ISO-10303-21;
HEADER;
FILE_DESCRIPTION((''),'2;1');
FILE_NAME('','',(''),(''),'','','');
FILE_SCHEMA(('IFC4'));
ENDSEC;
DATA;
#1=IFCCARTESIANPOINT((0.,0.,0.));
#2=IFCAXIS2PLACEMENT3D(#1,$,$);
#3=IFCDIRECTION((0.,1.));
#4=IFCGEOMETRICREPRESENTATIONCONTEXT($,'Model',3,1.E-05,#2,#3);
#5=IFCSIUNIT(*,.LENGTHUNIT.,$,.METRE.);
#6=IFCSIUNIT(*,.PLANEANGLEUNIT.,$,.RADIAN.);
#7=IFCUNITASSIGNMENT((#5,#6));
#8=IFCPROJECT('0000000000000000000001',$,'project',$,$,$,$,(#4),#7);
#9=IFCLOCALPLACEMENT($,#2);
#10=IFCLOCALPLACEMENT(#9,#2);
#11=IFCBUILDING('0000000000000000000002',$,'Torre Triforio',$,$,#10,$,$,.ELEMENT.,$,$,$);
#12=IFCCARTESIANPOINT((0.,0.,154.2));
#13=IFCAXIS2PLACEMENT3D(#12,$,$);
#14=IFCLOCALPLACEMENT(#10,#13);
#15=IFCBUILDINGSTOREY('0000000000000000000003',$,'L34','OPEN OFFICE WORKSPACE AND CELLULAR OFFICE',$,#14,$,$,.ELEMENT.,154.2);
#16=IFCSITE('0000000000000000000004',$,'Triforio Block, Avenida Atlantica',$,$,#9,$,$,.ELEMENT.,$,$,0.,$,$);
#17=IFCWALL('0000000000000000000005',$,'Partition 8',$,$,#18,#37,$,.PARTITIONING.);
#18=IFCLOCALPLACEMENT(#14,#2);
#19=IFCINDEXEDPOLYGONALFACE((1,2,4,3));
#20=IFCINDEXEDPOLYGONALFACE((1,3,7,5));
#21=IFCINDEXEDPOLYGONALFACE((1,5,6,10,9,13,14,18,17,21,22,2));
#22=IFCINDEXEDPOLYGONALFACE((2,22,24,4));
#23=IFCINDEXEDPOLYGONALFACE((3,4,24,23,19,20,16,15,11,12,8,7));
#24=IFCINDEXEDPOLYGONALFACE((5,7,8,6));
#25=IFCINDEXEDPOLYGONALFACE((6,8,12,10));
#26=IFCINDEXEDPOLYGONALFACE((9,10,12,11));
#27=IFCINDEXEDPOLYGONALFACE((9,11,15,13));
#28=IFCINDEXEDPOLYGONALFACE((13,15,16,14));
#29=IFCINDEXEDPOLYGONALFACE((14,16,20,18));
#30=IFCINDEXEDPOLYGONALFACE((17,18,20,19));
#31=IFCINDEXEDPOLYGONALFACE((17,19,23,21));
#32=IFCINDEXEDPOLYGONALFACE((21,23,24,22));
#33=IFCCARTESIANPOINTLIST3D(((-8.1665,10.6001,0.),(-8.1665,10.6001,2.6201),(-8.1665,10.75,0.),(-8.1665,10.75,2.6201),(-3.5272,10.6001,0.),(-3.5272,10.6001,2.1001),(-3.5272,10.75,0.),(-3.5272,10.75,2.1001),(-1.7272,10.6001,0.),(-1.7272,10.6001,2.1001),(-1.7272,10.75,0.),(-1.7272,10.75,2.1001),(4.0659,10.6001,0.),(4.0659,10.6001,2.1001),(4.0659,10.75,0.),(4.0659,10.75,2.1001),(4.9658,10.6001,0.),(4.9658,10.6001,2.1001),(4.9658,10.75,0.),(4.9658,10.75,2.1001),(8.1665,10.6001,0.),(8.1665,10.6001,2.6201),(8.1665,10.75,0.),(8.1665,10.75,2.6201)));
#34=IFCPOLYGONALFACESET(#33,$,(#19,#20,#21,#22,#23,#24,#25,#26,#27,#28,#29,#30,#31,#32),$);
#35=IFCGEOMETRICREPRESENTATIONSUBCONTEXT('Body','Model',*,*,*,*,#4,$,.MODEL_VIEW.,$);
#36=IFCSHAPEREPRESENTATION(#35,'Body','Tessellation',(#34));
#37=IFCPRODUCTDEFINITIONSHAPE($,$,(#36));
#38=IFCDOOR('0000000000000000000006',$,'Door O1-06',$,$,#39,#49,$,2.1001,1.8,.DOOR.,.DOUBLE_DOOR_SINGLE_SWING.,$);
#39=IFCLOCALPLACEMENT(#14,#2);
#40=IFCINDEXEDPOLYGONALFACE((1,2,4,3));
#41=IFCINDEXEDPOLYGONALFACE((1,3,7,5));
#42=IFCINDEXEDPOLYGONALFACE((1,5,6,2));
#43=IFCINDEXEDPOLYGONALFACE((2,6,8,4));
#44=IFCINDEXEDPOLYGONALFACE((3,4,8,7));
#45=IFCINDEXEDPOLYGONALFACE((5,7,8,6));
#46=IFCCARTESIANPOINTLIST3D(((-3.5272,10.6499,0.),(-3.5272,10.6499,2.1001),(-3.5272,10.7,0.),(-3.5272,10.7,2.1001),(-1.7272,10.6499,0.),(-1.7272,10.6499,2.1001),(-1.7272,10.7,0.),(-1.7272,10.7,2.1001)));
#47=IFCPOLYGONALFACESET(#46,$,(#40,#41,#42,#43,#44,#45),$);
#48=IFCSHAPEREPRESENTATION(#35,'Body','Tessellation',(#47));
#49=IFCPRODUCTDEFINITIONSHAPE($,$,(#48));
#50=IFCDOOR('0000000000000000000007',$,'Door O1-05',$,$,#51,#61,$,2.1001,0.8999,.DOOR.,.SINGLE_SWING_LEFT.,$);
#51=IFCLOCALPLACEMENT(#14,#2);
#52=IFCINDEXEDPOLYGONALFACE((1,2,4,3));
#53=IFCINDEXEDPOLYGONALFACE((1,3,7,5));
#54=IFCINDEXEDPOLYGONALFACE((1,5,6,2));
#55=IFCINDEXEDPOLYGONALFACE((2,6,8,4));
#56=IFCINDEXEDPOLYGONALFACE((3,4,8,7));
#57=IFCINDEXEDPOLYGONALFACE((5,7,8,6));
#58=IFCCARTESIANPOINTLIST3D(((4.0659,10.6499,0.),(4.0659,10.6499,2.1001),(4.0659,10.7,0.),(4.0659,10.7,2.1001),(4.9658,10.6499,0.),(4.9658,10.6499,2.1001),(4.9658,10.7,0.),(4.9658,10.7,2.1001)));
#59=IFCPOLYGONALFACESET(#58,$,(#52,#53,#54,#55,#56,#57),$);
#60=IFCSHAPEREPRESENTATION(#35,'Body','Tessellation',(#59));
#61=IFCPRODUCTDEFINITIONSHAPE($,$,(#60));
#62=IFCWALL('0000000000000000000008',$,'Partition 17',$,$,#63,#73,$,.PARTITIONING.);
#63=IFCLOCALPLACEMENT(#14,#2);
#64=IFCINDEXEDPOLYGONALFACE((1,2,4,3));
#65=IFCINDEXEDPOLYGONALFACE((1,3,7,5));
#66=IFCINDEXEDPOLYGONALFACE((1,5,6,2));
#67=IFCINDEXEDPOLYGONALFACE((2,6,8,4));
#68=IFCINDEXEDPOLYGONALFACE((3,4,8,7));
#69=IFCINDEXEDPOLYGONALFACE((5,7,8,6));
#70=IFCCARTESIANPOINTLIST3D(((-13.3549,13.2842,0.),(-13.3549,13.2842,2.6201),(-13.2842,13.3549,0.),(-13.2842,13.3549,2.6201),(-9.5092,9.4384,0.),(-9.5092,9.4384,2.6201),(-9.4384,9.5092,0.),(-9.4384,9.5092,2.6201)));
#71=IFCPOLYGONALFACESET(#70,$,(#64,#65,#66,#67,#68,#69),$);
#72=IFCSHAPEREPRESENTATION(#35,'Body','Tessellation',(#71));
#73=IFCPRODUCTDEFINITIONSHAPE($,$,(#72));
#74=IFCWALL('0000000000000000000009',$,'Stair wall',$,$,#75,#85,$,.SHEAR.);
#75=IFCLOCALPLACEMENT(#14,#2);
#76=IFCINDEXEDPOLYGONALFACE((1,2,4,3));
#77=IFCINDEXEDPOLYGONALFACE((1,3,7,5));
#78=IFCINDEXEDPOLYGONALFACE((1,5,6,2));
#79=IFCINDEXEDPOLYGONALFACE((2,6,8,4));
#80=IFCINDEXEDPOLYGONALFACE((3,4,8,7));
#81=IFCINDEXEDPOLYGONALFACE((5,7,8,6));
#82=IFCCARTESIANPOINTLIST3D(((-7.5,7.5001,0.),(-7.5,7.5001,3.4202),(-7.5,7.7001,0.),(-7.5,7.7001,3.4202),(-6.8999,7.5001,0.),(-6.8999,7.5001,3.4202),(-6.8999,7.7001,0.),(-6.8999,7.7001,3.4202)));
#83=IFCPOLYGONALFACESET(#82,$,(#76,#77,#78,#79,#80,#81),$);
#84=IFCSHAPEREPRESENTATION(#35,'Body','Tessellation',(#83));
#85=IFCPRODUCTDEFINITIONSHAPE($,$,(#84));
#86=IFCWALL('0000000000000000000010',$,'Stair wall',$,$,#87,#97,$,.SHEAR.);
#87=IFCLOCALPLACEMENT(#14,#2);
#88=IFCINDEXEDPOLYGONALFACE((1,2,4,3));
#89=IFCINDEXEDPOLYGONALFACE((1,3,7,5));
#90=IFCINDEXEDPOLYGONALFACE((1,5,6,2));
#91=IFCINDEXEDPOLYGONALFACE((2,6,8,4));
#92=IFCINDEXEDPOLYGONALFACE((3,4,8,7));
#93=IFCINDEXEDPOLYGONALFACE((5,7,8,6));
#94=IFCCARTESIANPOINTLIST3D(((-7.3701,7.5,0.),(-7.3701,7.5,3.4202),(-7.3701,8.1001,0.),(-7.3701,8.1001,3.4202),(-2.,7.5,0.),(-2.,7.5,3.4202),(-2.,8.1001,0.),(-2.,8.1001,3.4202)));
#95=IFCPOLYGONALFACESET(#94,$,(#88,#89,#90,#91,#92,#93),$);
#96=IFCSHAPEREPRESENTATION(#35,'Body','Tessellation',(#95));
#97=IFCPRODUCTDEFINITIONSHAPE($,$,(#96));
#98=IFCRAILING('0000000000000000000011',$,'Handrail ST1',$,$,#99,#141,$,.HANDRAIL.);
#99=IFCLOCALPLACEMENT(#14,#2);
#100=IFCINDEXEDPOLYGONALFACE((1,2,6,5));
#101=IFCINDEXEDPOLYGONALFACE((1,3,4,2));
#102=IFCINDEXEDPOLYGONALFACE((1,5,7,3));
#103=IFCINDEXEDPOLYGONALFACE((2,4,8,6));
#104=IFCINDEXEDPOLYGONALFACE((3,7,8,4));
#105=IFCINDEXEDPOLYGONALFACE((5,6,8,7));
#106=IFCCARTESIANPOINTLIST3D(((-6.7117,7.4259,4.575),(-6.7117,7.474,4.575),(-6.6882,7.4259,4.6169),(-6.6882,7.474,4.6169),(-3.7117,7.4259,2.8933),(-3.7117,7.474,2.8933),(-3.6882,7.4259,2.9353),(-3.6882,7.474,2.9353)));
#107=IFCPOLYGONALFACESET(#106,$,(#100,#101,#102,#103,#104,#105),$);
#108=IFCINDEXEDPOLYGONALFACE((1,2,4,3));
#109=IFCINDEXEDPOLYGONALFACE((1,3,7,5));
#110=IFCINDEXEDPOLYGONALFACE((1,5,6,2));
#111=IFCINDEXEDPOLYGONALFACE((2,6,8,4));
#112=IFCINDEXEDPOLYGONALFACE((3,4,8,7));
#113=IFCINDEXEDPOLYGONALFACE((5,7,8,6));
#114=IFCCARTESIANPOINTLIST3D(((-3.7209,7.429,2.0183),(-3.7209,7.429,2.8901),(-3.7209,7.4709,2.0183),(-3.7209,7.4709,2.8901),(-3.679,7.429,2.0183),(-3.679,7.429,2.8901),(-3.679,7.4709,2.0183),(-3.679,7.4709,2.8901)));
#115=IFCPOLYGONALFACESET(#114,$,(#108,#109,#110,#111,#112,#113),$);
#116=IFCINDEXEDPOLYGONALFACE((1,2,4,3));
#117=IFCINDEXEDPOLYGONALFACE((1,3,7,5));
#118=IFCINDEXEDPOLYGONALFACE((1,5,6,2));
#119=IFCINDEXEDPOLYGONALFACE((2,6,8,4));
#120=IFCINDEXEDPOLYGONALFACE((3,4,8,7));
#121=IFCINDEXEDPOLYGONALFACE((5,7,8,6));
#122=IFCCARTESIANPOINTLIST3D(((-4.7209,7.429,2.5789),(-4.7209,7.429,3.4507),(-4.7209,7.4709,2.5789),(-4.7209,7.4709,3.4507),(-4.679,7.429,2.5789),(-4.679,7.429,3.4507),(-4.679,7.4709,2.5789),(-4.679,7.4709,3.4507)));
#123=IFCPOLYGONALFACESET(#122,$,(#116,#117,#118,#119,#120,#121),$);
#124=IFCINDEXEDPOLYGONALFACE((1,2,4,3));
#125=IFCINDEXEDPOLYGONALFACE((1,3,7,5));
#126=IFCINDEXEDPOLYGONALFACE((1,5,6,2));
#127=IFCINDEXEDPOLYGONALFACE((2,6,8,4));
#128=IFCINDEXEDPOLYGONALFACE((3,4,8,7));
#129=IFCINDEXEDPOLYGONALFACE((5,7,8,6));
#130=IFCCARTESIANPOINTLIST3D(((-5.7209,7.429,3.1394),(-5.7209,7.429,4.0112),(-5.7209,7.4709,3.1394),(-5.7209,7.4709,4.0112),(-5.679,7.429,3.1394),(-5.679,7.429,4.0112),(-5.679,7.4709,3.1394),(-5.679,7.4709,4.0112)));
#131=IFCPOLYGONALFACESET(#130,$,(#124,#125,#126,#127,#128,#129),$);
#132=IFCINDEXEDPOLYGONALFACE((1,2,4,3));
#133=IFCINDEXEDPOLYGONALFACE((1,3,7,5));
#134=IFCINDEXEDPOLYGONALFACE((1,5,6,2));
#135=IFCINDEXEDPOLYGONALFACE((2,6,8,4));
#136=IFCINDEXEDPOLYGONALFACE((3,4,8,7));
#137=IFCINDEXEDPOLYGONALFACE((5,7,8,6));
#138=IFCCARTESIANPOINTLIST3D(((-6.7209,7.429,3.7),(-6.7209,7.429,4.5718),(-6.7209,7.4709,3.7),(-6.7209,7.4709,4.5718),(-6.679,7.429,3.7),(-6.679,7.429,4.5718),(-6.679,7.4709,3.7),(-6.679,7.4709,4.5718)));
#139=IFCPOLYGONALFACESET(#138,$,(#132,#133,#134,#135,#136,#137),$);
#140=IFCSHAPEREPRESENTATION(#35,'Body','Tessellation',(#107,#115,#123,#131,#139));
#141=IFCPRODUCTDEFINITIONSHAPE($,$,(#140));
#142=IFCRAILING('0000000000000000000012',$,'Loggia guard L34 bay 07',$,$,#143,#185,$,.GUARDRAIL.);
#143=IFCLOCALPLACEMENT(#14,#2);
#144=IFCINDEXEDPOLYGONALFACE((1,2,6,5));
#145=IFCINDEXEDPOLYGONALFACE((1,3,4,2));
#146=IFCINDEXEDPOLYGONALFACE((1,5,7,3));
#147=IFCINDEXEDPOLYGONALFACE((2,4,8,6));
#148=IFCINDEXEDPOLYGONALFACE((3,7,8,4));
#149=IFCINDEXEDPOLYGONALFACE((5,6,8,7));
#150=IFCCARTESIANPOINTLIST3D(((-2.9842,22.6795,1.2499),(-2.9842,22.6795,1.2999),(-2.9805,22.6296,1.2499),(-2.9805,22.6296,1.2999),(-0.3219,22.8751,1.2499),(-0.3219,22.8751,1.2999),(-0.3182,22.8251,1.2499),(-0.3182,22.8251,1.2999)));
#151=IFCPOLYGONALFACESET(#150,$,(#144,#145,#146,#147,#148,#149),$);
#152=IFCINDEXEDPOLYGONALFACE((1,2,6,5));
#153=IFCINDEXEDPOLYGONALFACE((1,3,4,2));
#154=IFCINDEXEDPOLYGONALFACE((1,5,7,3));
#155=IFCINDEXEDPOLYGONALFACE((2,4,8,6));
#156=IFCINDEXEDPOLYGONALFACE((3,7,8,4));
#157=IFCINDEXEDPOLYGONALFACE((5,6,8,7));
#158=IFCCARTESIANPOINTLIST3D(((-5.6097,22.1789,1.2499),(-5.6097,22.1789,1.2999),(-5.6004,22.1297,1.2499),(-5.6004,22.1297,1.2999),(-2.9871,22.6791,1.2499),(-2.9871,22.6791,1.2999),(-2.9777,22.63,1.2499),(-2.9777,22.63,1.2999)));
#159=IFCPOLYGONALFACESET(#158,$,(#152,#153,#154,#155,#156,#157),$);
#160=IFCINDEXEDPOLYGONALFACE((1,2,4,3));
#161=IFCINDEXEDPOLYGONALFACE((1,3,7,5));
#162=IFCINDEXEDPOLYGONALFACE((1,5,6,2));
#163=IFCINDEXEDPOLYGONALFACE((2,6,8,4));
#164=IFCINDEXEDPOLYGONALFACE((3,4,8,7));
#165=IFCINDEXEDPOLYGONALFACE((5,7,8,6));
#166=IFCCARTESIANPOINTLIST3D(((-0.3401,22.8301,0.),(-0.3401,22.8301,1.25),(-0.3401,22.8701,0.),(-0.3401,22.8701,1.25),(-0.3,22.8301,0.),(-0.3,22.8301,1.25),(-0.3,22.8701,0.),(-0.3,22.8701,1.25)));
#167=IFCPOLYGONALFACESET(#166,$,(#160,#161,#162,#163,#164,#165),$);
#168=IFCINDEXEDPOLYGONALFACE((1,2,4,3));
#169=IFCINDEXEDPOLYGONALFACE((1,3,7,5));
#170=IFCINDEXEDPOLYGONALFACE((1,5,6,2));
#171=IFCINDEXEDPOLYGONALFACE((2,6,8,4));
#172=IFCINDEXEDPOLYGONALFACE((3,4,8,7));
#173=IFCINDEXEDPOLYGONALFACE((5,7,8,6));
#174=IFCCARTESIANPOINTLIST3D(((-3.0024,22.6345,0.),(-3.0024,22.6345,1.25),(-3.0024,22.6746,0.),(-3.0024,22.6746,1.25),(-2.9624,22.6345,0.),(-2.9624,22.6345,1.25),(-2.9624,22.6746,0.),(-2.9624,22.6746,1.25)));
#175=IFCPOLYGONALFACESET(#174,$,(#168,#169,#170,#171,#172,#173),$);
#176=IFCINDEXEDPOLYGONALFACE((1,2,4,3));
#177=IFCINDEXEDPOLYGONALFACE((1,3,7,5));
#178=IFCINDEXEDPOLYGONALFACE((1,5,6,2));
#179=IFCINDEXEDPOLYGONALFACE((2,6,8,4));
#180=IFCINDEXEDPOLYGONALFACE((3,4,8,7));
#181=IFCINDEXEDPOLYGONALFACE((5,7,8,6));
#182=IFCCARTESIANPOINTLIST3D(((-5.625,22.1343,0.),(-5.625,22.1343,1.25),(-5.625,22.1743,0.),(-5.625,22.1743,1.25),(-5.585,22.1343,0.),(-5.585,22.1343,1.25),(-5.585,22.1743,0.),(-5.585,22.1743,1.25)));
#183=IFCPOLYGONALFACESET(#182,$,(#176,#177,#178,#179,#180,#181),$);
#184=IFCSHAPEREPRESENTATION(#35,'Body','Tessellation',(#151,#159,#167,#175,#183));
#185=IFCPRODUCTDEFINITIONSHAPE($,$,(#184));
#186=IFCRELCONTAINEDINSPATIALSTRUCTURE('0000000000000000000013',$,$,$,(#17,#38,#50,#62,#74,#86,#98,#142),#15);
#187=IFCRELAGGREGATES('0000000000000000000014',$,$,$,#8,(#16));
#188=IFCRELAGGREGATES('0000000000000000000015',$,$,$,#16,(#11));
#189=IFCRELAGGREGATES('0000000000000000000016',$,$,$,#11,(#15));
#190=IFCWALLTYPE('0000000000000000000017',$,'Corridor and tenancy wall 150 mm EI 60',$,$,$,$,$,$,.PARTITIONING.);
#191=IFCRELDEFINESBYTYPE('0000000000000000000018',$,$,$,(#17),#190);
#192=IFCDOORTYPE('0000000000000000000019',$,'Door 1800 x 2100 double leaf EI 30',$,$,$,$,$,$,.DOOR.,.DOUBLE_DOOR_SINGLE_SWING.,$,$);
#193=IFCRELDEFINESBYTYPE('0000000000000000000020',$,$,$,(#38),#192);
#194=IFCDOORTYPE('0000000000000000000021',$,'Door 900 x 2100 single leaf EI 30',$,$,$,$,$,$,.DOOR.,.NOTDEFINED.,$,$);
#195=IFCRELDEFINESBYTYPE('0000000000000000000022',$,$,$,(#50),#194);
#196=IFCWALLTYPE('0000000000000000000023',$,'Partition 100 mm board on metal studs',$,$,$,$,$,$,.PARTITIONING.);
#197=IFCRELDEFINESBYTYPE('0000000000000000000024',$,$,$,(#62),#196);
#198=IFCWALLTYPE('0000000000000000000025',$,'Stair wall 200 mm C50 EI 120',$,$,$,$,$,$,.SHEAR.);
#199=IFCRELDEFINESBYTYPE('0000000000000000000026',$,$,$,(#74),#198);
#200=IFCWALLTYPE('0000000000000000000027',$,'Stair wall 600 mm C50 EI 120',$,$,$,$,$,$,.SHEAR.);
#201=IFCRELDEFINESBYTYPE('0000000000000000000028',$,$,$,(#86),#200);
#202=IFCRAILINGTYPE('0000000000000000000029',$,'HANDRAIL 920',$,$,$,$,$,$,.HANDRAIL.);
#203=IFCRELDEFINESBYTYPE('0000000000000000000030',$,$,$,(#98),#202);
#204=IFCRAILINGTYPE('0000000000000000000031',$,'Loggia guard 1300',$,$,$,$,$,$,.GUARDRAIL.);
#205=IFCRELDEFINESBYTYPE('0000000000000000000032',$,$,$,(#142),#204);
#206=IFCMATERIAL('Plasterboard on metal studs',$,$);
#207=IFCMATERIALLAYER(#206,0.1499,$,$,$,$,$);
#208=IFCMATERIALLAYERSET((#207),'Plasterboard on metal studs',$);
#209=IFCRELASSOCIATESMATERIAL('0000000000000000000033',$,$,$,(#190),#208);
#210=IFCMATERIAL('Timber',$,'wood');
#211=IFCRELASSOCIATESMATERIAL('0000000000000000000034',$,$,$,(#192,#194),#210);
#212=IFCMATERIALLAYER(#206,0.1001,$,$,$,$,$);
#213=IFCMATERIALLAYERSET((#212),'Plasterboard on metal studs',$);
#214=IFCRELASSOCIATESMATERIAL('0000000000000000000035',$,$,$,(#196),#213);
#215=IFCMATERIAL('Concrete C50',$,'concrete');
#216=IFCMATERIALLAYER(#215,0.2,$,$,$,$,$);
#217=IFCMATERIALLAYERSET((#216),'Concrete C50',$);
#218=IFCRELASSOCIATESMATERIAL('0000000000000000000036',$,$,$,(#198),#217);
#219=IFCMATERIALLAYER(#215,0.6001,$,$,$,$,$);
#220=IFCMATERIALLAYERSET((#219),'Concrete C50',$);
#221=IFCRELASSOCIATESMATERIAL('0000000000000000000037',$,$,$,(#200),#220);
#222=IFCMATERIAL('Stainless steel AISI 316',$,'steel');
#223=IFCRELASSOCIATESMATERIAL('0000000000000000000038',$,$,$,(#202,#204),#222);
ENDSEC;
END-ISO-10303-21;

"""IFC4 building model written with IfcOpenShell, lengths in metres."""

from ifc_helpers import new_model, si_unit, direction, frame, frame_2d, origin, origin_2d, place, context, subcontext, project, spatial, rectangle, extrude, material, layer, layer_set, type_object, element, fill, save


model = new_model("IFC4")

# Units and contexts
model_context = context("Model", 3, precision=1e-05, world=origin(), true_north=direction((0.0, 1.0)))
body_context = subcontext(model_context, "Body", "Model", "MODEL_VIEW")
ifc_project = project(units=[si_unit("LENGTHUNIT", "METRE"), si_unit("PLANEANGLEUNIT", "RADIAN")], contexts=[model_context])

# Site, building, storey
site_placement = place(None, origin())
site = spatial("IfcSite", under=ifc_project, at=site_placement, Name="Triforio Block, Avenida Atlantica", CompositionType="ELEMENT", RefElevation=0.0)
building_placement = place(site_placement, origin())
building = spatial("IfcBuilding", under=site, at=building_placement, Name="Torre Triforio", CompositionType="ELEMENT")
storey_placement = place(building_placement, frame((0.0, 0.0, 154.2)))
storey = spatial("IfcBuildingStorey", under=building, at=storey_placement, Name="L34", Description="OPEN OFFICE WORKSPACE AND CELLULAR OFFICE", CompositionType="ELEMENT", Elevation=154.2)

# Shared definitions
ifc_material_1 = material(Name="Concrete C50", Category="concrete")

# Wall, openings, doors
ifc_material_2 = material(Name="Plasterboard on metal studs")
ifc_layer_1 = layer(ifc_material_2, 0.1499)
ifc_layer_set_1 = layer_set([ifc_layer_1], Name="Plasterboard on metal studs")
wall_type_1 = type_object("IfcWallType", Name="Corridor and tenancy wall 150 mm EI 60", PredefinedType="PARTITIONING", material=ifc_layer_set_1)
wall_1_placement = place(storey_placement, frame((-8.1665, 10.675, 0.0), z_axis=(0.0, 0.0, 1.0), x_axis=(1.0, 0.0, 0.0)))
wall_1 = element("IfcWall", 1, at=wall_1_placement, inside=storey, type_object=wall_type_1, Name="Partition 8", PredefinedType="PARTITIONING", context=body_context, shape_type="SweptSolid", body=[
    extrude(rectangle(XDim=16.333, YDim=0.1499, at=frame_2d((8.1665, 0.0))), origin(), (0.0, 0.0, 1.0), 2.6201),
])
opening_1_placement = place(wall_1_placement, frame((12.2324, 0.0, 0.0)))
opening_1 = element("IfcOpeningElement", 2, at=opening_1_placement, cuts=wall_1, PredefinedType="OPENING", context=body_context, shape_type="SweptSolid", body=[
    extrude(rectangle(XDim=0.8999, YDim=2.1001, at=frame_2d((0.45, 1.05))), frame((0.0, 0.085, 0.0), z_axis=(0.0, -1.0, 0.0), x_axis=(1.0, 0.0, 0.0)), (0.0, 0.0, 1.0), 0.1699),
])
opening_2_placement = place(wall_1_placement, frame((4.6394, 0.0, 0.0)))
opening_2 = element("IfcOpeningElement", 3, at=opening_2_placement, cuts=wall_1, PredefinedType="OPENING", context=body_context, shape_type="SweptSolid", body=[
    extrude(rectangle(XDim=1.8, YDim=2.1001, at=frame_2d((0.8999, 1.05))), frame((0.0, 0.085, 0.0), z_axis=(0.0, -1.0, 0.0), x_axis=(1.0, 0.0, 0.0)), (0.0, 0.0, 1.0), 0.1699),
])
ifc_material_3 = material(Name="Timber", Category="wood")
door_type_1 = type_object("IfcDoorType", Name="Door 1800 x 2100 double leaf EI 30", OperationType="DOUBLE_DOOR_SINGLE_SWING", PredefinedType="DOOR", material=ifc_material_3)
door_1_placement = place(opening_2_placement, origin())
door_1 = element("IfcDoor", 4, at=door_1_placement, inside=storey, type_object=door_type_1, Name="Door O1-06", OperationType="DOUBLE_DOOR_SINGLE_SWING", OverallHeight=2.1001, OverallWidth=1.8, PredefinedType="DOOR", context=body_context, shape_type="SweptSolid", body=[
    extrude(rectangle(XDim=1.8, YDim=2.1001, at=frame_2d((0.8999, 1.05))), frame((0.0, 0.0249, 0.0), z_axis=(0.0, -1.0, 0.0), x_axis=(1.0, 0.0, 0.0)), (0.0, 0.0, 1.0), 0.05),
])
fill(opening_2, door_1)
door_type_2 = type_object("IfcDoorType", Name="Door 900 x 2100 single leaf EI 30", OperationType="NOTDEFINED", PredefinedType="DOOR", material=ifc_material_3)
door_2_placement = place(opening_1_placement, origin())
door_2 = element("IfcDoor", 5, at=door_2_placement, inside=storey, type_object=door_type_2, Name="Door O1-05", OperationType="SINGLE_SWING_LEFT", OverallHeight=2.1001, OverallWidth=0.8999, PredefinedType="DOOR", context=body_context, shape_type="SweptSolid", body=[
    extrude(rectangle(XDim=0.8999, YDim=2.1001, at=frame_2d((0.45, 1.05))), frame((0.0, 0.0249, 0.0), z_axis=(0.0, -1.0, 0.0), x_axis=(1.0, 0.0, 0.0)), (0.0, 0.0, 1.0), 0.05),
])
fill(opening_1, door_2)

# Walls
ifc_layer_2 = layer(ifc_material_2, 0.1001)
ifc_layer_set_2 = layer_set([ifc_layer_2], Name="Plasterboard on metal studs")
wall_type_2 = type_object("IfcWallType", Name="Partition 100 mm board on metal studs", PredefinedType="PARTITIONING", material=ifc_layer_set_2)
wall_2_placement = place(storey_placement, frame((-9.4739, 9.4739, 0.0), z_axis=(0.0, 0.0, 1.0), x_axis=(-0.707107, 0.707107, 0.0)))
element("IfcWall", 6, at=wall_2_placement, inside=storey, type_object=wall_type_2, Name="Partition 17", PredefinedType="PARTITIONING", context=body_context, shape_type="SweptSolid", body=[
    extrude(rectangle(XDim=5.4387, YDim=0.1001, at=frame_2d((2.7192, 0.0))), origin(), (0.0, 0.0, 1.0), 2.6201),
])
ifc_layer_3 = layer(ifc_material_1, 0.2)
ifc_layer_set_3 = layer_set([ifc_layer_3], Name="Concrete C50")
wall_type_3 = type_object("IfcWallType", Name="Stair wall 200 mm C50 EI 120", PredefinedType="SHEAR", material=ifc_layer_set_3)
wall_3_placement = place(storey_placement, frame((-7.5, 7.6001, 0.0), z_axis=(0.0, 0.0, 1.0), x_axis=(1.0, 0.0, 0.0)))
element("IfcWall", 7, at=wall_3_placement, inside=storey, type_object=wall_type_3, Name="Stair wall", PredefinedType="SHEAR", context=body_context, shape_type="SweptSolid", body=[
    extrude(rectangle(XDim=0.6001, YDim=0.2, at=frame_2d((0.3, 0.0))), origin(), (0.0, 0.0, 1.0), 3.4202),
])
ifc_layer_4 = layer(ifc_material_1, 0.6001)
ifc_layer_set_4 = layer_set([ifc_layer_4], Name="Concrete C50")
wall_type_4 = type_object("IfcWallType", Name="Stair wall 600 mm C50 EI 120", PredefinedType="SHEAR", material=ifc_layer_set_4)
wall_4_placement = place(storey_placement, frame((-7.3701, 7.8, 0.0), z_axis=(0.0, 0.0, 1.0), x_axis=(1.0, 0.0, 0.0)))
element("IfcWall", 8, at=wall_4_placement, inside=storey, type_object=wall_type_4, Name="Stair wall", PredefinedType="SHEAR", context=body_context, shape_type="SweptSolid", body=[
    extrude(rectangle(XDim=5.3701, YDim=0.6001, at=frame_2d((2.6851, 0.0))), origin(), (0.0, 0.0, 1.0), 3.4202),
])

# Railings
ifc_material_4 = material(Name="Stainless steel AISI 316", Category="steel")
railing_type_1 = type_object("IfcRailingType", Name="HANDRAIL 920", PredefinedType="HANDRAIL", material=ifc_material_4)
railing_1_placement = place(storey_placement, frame((-3.7, 7.45, 2.0183)))
element("IfcRailing", 9, at=railing_1_placement, inside=storey, type_object=railing_type_1, Name="Handrail ST1", PredefinedType="HANDRAIL", context=body_context, shape_type="SweptSolid", body=[
    extrude(rectangle(XDim=0.0481, YDim=0.0481, at=origin_2d()), frame((0.0, 0.0, 0.896), z_axis=(-0.872303, 0.0, 0.488966), x_axis=(0.0, -1.0, 0.0)), (0.0, 0.0, 1.0), 3.4392),
    extrude(rectangle(XDim=0.042, YDim=0.042, at=origin_2d()), origin(), (0.0, 0.0, 1.0), 0.8718),
    extrude(rectangle(XDim=0.042, YDim=0.042, at=origin_2d()), frame((-1.0, 0.0, 0.5605)), (0.0, 0.0, 1.0), 0.8718),
    extrude(rectangle(XDim=0.042, YDim=0.042, at=origin_2d()), frame((-2.0, 0.0, 1.1211)), (0.0, 0.0, 1.0), 0.8718),
    extrude(rectangle(XDim=0.042, YDim=0.042, at=origin_2d()), frame((-3.0, 0.0, 1.6816)), (0.0, 0.0, 1.0), 0.8718),
])
railing_type_2 = type_object("IfcRailingType", Name="Loggia guard 1300", PredefinedType="GUARDRAIL", material=ifc_material_4)
railing_2_placement = place(storey_placement, frame((-0.3201, 22.8501, 0.0)))
element("IfcRailing", 10, at=railing_2_placement, inside=storey, type_object=railing_type_2, Name="Loggia guard L34 bay 07", PredefinedType="GUARDRAIL", context=body_context, shape_type="SweptSolid", body=[
    extrude(rectangle(XDim=0.05, YDim=0.05, at=origin_2d()), frame((0.0, 0.0, 1.2749), z_axis=(-0.997313, -0.073255, 0.0), x_axis=(0.073255, -0.997313, 0.0)), (0.0, 0.0, 1.0), 2.6694),
    extrude(rectangle(XDim=0.05, YDim=0.05, at=origin_2d()), frame((-2.6624, -0.1956, 1.2749), z_axis=(-0.98229, -0.187368, 0.0), x_axis=(0.187368, -0.98229, 0.0)), (0.0, 0.0, 1.0), 2.6699),
    extrude(rectangle(XDim=0.04, YDim=0.04, at=origin_2d()), origin(), (0.0, 0.0, 1.0), 1.25),
    extrude(rectangle(XDim=0.04, YDim=0.04, at=origin_2d()), frame((-2.6624, -0.1956, 0.0)), (0.0, 0.0, 1.0), 1.25),
    extrude(rectangle(XDim=0.04, YDim=0.04, at=origin_2d()), frame((-5.2849, -0.6958, 0.0)), (0.0, 0.0, 1.0), 1.25),
])

save(model, "model.ifc")
